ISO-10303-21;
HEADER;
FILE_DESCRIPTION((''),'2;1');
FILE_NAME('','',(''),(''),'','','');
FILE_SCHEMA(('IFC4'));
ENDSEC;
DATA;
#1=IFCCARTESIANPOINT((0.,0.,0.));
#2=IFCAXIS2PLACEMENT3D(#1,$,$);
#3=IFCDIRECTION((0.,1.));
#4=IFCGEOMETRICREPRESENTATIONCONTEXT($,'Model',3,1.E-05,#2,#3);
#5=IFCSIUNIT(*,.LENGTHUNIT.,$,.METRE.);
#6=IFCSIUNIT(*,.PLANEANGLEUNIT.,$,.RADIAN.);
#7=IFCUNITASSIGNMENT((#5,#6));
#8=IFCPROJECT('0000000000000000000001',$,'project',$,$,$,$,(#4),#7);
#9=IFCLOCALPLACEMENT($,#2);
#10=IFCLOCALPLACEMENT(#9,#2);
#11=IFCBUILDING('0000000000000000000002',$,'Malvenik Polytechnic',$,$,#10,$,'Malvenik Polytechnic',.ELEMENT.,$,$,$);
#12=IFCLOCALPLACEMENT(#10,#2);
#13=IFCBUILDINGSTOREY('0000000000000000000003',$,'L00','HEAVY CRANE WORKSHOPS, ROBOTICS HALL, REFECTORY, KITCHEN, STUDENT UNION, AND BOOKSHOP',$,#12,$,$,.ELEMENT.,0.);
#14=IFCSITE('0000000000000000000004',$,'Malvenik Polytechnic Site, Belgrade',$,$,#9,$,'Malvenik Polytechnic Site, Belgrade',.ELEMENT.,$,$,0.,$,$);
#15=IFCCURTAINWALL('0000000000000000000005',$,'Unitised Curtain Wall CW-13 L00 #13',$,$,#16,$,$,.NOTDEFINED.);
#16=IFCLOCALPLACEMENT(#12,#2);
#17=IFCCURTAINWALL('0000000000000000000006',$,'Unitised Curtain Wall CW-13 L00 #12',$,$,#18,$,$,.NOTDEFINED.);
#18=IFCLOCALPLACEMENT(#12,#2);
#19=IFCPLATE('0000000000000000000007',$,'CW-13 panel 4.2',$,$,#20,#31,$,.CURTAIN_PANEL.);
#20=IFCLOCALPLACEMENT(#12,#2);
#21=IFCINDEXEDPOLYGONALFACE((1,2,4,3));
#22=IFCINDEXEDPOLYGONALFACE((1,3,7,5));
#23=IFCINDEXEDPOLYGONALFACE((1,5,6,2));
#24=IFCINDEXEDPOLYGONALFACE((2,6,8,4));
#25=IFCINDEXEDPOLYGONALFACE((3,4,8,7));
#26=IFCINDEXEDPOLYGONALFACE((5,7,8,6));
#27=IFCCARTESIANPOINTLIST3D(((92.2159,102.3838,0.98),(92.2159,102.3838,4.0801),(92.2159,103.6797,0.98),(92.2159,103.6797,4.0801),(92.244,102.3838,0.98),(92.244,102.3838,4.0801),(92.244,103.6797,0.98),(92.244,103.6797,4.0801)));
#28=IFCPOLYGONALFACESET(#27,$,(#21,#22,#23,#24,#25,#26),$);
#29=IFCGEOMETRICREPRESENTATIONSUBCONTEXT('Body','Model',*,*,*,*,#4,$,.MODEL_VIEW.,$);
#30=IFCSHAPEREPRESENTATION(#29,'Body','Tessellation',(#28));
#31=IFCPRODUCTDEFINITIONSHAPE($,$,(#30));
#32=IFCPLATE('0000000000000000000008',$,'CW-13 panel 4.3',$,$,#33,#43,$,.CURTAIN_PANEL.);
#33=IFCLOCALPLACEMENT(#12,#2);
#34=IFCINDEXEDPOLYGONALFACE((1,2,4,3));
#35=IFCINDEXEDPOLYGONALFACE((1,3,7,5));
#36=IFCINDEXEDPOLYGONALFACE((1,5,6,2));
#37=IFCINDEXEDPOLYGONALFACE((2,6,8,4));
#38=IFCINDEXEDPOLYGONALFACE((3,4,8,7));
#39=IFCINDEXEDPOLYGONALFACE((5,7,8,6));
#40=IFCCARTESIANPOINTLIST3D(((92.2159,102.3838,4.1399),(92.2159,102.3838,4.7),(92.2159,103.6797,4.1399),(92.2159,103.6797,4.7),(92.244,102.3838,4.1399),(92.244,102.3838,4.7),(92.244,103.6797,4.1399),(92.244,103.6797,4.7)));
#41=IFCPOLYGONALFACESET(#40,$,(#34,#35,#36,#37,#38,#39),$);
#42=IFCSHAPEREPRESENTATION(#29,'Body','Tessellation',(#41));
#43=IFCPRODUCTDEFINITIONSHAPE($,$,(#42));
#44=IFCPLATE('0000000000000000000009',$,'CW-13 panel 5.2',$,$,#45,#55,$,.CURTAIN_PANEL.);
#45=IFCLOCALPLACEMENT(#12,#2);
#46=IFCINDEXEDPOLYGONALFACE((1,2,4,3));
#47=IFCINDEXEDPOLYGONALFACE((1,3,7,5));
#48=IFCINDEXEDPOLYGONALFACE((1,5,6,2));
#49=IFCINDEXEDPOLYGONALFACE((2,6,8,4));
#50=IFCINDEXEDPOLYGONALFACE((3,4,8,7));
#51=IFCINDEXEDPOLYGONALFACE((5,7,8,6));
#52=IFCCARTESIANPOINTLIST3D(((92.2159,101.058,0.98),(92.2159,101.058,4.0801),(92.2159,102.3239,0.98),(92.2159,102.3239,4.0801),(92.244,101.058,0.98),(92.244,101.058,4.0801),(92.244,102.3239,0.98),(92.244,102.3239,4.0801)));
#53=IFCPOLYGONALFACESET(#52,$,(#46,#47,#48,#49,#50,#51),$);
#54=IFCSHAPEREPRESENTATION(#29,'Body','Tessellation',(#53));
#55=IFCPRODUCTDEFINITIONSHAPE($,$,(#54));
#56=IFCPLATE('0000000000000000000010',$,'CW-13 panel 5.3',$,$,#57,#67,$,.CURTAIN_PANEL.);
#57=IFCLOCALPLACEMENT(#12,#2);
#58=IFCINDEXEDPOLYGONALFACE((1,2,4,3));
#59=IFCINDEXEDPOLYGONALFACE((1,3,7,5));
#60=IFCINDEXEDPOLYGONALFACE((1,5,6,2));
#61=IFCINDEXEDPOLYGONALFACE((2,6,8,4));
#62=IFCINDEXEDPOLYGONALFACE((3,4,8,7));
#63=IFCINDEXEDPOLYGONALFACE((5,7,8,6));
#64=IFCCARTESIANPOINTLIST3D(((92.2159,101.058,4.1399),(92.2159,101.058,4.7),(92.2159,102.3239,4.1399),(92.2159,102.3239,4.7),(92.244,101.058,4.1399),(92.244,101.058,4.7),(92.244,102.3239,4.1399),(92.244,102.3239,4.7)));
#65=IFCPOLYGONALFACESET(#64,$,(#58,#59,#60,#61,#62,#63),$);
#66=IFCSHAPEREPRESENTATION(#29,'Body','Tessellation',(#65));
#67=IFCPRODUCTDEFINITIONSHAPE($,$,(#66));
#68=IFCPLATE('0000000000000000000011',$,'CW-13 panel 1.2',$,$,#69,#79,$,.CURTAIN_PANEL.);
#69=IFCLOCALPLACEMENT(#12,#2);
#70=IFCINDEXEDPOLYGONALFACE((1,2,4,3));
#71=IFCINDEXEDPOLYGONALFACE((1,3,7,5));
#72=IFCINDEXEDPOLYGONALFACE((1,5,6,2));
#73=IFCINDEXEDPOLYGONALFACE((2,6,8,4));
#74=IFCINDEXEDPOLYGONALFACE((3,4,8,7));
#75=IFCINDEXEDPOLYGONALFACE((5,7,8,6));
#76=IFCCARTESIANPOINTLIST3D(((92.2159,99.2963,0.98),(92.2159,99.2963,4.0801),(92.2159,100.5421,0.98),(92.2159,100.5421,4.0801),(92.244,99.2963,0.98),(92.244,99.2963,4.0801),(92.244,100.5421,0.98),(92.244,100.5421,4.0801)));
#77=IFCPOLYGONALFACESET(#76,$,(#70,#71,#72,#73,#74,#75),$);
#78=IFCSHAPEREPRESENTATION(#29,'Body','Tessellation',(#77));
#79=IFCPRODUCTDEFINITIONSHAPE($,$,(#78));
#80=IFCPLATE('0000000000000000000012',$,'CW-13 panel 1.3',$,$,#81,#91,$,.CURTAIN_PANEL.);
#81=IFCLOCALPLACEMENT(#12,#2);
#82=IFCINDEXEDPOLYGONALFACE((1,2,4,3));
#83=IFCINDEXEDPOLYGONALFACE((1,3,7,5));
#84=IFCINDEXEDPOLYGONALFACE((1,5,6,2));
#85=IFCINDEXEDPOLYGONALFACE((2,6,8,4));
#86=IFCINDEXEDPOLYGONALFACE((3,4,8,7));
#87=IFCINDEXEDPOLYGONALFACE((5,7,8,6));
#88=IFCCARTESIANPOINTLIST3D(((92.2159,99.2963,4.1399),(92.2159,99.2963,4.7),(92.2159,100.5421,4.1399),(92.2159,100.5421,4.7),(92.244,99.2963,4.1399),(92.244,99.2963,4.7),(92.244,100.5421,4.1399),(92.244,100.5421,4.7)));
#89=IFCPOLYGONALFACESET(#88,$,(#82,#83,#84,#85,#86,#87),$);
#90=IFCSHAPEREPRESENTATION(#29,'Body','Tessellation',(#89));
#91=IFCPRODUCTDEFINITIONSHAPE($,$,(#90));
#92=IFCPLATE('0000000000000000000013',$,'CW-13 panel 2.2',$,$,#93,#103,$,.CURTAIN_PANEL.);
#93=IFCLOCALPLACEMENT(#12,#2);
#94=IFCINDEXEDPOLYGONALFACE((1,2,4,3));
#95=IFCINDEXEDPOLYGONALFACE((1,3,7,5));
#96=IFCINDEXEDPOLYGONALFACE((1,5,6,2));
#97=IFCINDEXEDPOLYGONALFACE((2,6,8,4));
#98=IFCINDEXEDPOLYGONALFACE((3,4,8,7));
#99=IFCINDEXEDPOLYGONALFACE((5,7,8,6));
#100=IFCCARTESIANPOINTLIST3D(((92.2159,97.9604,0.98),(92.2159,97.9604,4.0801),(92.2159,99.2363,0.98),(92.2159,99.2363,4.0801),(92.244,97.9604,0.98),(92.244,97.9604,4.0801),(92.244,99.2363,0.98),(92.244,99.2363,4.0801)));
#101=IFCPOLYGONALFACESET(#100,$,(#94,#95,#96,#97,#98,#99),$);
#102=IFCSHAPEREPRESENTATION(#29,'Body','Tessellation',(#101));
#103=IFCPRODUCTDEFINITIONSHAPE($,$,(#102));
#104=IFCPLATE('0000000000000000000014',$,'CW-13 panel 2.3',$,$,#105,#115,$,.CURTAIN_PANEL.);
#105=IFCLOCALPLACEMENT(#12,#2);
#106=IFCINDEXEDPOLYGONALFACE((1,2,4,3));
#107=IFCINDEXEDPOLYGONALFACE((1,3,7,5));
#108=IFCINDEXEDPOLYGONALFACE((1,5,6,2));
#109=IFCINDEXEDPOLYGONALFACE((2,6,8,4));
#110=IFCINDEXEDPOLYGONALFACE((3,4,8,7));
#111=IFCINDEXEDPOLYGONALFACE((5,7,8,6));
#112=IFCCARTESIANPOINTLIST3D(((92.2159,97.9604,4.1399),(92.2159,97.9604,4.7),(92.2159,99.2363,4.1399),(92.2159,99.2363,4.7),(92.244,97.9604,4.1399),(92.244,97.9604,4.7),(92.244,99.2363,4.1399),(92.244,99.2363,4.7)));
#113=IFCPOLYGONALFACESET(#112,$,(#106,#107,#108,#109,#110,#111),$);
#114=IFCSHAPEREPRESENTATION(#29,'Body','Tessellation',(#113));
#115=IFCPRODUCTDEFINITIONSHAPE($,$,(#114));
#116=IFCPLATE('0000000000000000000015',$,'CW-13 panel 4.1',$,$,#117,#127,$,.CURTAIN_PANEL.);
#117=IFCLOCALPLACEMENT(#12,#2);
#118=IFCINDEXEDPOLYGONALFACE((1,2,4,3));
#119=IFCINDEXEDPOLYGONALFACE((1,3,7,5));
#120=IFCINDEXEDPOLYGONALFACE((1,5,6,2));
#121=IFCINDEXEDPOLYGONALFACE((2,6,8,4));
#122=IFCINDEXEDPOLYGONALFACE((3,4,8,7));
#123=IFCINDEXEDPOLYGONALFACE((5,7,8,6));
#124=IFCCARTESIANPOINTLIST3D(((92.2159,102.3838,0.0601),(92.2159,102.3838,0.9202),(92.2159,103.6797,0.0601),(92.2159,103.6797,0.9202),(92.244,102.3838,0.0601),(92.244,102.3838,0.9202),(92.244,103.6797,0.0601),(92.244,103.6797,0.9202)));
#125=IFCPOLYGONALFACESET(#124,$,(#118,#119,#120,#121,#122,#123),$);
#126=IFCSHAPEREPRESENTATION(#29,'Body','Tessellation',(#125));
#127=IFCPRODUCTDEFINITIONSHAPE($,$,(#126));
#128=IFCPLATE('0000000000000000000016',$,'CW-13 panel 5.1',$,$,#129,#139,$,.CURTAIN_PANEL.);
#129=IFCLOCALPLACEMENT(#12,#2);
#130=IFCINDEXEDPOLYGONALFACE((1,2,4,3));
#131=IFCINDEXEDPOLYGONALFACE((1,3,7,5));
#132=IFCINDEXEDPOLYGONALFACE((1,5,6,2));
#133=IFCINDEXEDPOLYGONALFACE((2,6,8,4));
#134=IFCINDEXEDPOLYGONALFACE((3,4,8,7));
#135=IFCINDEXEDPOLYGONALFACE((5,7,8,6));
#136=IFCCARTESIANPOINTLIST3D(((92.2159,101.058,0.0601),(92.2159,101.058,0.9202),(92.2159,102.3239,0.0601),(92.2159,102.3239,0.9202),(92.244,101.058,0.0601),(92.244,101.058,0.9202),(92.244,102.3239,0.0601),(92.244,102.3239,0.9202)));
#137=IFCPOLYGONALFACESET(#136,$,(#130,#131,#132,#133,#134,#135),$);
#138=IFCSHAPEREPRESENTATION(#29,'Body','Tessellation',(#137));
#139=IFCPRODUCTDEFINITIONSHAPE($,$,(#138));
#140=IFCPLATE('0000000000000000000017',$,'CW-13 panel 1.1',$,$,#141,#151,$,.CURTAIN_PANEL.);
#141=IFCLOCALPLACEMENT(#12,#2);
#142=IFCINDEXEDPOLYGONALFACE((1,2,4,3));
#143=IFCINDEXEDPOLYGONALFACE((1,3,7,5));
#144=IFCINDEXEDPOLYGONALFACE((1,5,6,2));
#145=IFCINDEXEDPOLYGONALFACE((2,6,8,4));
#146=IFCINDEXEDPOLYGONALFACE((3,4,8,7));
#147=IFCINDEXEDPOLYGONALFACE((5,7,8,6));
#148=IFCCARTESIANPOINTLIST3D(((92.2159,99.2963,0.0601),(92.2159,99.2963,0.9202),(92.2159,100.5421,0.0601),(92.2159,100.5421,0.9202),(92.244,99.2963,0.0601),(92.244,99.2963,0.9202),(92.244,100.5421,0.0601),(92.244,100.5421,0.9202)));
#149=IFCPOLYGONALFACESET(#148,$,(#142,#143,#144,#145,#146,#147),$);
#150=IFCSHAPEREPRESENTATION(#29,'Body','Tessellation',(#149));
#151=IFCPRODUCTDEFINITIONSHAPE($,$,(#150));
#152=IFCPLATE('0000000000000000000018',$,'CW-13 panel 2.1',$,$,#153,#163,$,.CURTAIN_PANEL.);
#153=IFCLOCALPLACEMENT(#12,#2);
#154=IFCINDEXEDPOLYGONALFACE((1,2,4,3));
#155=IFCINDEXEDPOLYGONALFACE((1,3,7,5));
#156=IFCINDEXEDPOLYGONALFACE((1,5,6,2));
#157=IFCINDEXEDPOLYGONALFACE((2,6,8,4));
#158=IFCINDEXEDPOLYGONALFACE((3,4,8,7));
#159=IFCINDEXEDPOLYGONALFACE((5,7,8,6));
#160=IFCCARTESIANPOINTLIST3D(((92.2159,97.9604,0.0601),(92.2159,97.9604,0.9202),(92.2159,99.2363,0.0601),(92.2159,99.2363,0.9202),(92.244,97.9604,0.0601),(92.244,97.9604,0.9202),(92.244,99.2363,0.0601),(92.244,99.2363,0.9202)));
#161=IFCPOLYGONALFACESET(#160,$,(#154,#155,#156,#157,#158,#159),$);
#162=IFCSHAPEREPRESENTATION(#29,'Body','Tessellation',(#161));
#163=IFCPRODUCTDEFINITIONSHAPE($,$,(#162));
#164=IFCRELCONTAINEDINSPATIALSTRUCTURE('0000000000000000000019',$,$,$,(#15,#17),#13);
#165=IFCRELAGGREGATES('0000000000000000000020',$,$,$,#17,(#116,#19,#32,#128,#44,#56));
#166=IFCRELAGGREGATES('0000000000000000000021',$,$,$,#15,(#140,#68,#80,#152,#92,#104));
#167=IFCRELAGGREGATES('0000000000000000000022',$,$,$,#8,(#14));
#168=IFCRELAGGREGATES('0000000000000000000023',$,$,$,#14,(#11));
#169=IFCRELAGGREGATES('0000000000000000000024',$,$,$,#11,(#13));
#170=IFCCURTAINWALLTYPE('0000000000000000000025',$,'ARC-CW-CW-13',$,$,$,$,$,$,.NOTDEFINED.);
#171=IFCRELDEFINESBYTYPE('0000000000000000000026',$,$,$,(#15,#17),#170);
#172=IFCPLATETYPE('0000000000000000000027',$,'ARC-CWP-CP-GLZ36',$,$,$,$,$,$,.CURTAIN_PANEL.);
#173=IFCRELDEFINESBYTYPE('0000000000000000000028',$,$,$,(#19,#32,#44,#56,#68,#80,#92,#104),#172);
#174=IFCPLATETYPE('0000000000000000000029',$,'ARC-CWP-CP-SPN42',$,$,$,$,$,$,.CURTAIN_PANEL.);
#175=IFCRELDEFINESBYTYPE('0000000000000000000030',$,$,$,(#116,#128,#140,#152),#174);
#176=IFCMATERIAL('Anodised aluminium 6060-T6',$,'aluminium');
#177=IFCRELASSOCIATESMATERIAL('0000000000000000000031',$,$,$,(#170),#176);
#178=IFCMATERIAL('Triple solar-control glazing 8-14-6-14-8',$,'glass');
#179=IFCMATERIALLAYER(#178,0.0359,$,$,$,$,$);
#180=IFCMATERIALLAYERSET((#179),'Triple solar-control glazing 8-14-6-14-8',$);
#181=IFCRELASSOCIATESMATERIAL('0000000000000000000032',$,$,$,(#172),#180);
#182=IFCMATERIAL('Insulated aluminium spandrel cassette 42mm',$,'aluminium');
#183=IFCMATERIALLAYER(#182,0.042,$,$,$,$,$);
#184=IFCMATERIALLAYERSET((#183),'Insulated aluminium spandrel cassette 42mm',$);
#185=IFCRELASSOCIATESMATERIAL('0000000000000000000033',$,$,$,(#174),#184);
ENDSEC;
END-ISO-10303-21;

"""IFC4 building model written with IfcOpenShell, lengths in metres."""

from ifc_helpers import new_model, si_unit, direction, frame, origin, origin_2d, place, context, subcontext, project, spatial, rectangle, extrude, material, layer, layer_set, type_object, element, aggregate, save


model = new_model("IFC4")

# Units and contexts
model_context = context("Model", 3, precision=1e-05, world=origin(), true_north=direction((0.0, 1.0)))
body_context = subcontext(model_context, "Body", "Model", "MODEL_VIEW")
ifc_project = project(units=[si_unit("LENGTHUNIT", "METRE"), si_unit("PLANEANGLEUNIT", "RADIAN")], contexts=[model_context])

# Site, building, storey
site_placement = place(None, origin())
site = spatial("IfcSite", under=ifc_project, at=site_placement, Name="Malvenik Polytechnic Site, Belgrade", LongName="Malvenik Polytechnic Site, Belgrade", CompositionType="ELEMENT", RefElevation=0.0)
building_placement = place(site_placement, origin())
building = spatial("IfcBuilding", under=site, at=building_placement, Name="Malvenik Polytechnic", LongName="Malvenik Polytechnic", CompositionType="ELEMENT")
storey_placement = place(building_placement, origin())
storey = spatial("IfcBuildingStorey", under=building, at=storey_placement, Name="L00", Description="HEAVY CRANE WORKSHOPS, ROBOTICS HALL, REFECTORY, KITCHEN, STUDENT UNION, AND BOOKSHOP", CompositionType="ELEMENT", Elevation=0.0)

# Curtain walls
ifc_material_1 = material(Name="Anodised aluminium 6060-T6", Category="aluminium")
curtain_wall_type = type_object("IfcCurtainWallType", Name="ARC-CW-CW-13", PredefinedType="NOTDEFINED", material=ifc_material_1)
curtain_wall_1_placement = place(storey_placement, origin())
curtain_wall_1 = element("IfcCurtainWall", 1, at=curtain_wall_1_placement, inside=storey, type_object=curtain_wall_type, Name="Unitised Curtain Wall CW-13 L00 #13", PredefinedType="NOTDEFINED")
curtain_wall_2_placement = place(storey_placement, origin())
curtain_wall_2 = element("IfcCurtainWall", 2, at=curtain_wall_2_placement, inside=storey, type_object=curtain_wall_type, Name="Unitised Curtain Wall CW-13 L00 #12", PredefinedType="NOTDEFINED")

# Plates
ifc_material_2 = material(Name="Triple solar-control glazing 8-14-6-14-8", Category="glass")
ifc_layer_1 = layer(ifc_material_2, 0.0359)
ifc_layer_set_1 = layer_set([ifc_layer_1], Name="Triple solar-control glazing 8-14-6-14-8")
plate_type_1 = type_object("IfcPlateType", Name="ARC-CWP-CP-GLZ36", PredefinedType="CURTAIN_PANEL", material=ifc_layer_set_1)
plate_1_placement = place(storey_placement, frame((92.23, 103.0317, 0.98), z_axis=(0.0, 0.0, 1.0), x_axis=(0.0, -1.0, 0.0)))
plate_1 = element("IfcPlate", 3, at=plate_1_placement, type_object=plate_type_1, Name="CW-13 panel 4.2", PredefinedType="CURTAIN_PANEL", context=body_context, shape_type="SweptSolid", body=[
    extrude(rectangle(XDim=1.2959, YDim=0.0281, at=origin_2d()), origin(), (0.0, 0.0, 1.0), 3.1001),
])
plate_2_placement = place(storey_placement, frame((92.23, 103.0317, 4.1399), z_axis=(0.0, 0.0, 1.0), x_axis=(0.0, -1.0, 0.0)))
plate_2 = element("IfcPlate", 4, at=plate_2_placement, type_object=plate_type_1, Name="CW-13 panel 4.3", PredefinedType="CURTAIN_PANEL", context=body_context, shape_type="SweptSolid", body=[
    extrude(rectangle(XDim=1.2959, YDim=0.0281, at=origin_2d()), origin(), (0.0, 0.0, 1.0), 0.5601),
])
plate_3_placement = place(storey_placement, frame((92.23, 101.6909, 0.98), z_axis=(0.0, 0.0, 1.0), x_axis=(0.0, -1.0, 0.0)))
plate_3 = element("IfcPlate", 5, at=plate_3_placement, type_object=plate_type_1, Name="CW-13 panel 5.2", PredefinedType="CURTAIN_PANEL", context=body_context, shape_type="SweptSolid", body=[
    extrude(rectangle(XDim=1.2659, YDim=0.0281, at=origin_2d()), origin(), (0.0, 0.0, 1.0), 3.1001),
])
plate_4_placement = place(storey_placement, frame((92.23, 101.6909, 4.1399), z_axis=(0.0, 0.0, 1.0), x_axis=(0.0, -1.0, 0.0)))
plate_4 = element("IfcPlate", 6, at=plate_4_placement, type_object=plate_type_1, Name="CW-13 panel 5.3", PredefinedType="CURTAIN_PANEL", context=body_context, shape_type="SweptSolid", body=[
    extrude(rectangle(XDim=1.2659, YDim=0.0281, at=origin_2d()), origin(), (0.0, 0.0, 1.0), 0.5601),
])
plate_5_placement = place(storey_placement, frame((92.23, 99.9192, 0.98), z_axis=(0.0, 0.0, 1.0), x_axis=(0.0, -1.0, 0.0)))
plate_5 = element("IfcPlate", 7, at=plate_5_placement, type_object=plate_type_1, Name="CW-13 panel 1.2", PredefinedType="CURTAIN_PANEL", context=body_context, shape_type="SweptSolid", body=[
    extrude(rectangle(XDim=1.2458, YDim=0.0281, at=origin_2d()), origin(), (0.0, 0.0, 1.0), 3.1001),
])
plate_6_placement = place(storey_placement, frame((92.23, 99.9192, 4.1399), z_axis=(0.0, 0.0, 1.0), x_axis=(0.0, -1.0, 0.0)))
plate_6 = element("IfcPlate", 8, at=plate_6_placement, type_object=plate_type_1, Name="CW-13 panel 1.3", PredefinedType="CURTAIN_PANEL", context=body_context, shape_type="SweptSolid", body=[
    extrude(rectangle(XDim=1.2458, YDim=0.0281, at=origin_2d()), origin(), (0.0, 0.0, 1.0), 0.5601),
])
plate_7_placement = place(storey_placement, frame((92.23, 98.5984, 0.98), z_axis=(0.0, 0.0, 1.0), x_axis=(0.0, -1.0, 0.0)))
plate_7 = element("IfcPlate", 9, at=plate_7_placement, type_object=plate_type_1, Name="CW-13 panel 2.2", PredefinedType="CURTAIN_PANEL", context=body_context, shape_type="SweptSolid", body=[
    extrude(rectangle(XDim=1.2759, YDim=0.0281, at=origin_2d()), origin(), (0.0, 0.0, 1.0), 3.1001),
])
plate_8_placement = place(storey_placement, frame((92.23, 98.5984, 4.1399), z_axis=(0.0, 0.0, 1.0), x_axis=(0.0, -1.0, 0.0)))
plate_8 = element("IfcPlate", 10, at=plate_8_placement, type_object=plate_type_1, Name="CW-13 panel 2.3", PredefinedType="CURTAIN_PANEL", context=body_context, shape_type="SweptSolid", body=[
    extrude(rectangle(XDim=1.2759, YDim=0.0281, at=origin_2d()), origin(), (0.0, 0.0, 1.0), 0.5601),
])
ifc_material_3 = material(Name="Insulated aluminium spandrel cassette 42mm", Category="aluminium")
ifc_layer_2 = layer(ifc_material_3, 0.042)
ifc_layer_set_2 = layer_set([ifc_layer_2], Name="Insulated aluminium spandrel cassette 42mm")
plate_type_2 = type_object("IfcPlateType", Name="ARC-CWP-CP-SPN42", PredefinedType="CURTAIN_PANEL", material=ifc_layer_set_2)
plate_9_placement = place(storey_placement, frame((92.23, 103.0317, 0.0601), z_axis=(0.0, 0.0, 1.0), x_axis=(0.0, -1.0, 0.0)))
plate_9 = element("IfcPlate", 11, at=plate_9_placement, type_object=plate_type_2, Name="CW-13 panel 4.1", PredefinedType="CURTAIN_PANEL", context=body_context, shape_type="SweptSolid", body=[
    extrude(rectangle(XDim=1.2959, YDim=0.0281, at=origin_2d()), origin(), (0.0, 0.0, 1.0), 0.8601),
])
plate_10_placement = place(storey_placement, frame((92.23, 101.6909, 0.0601), z_axis=(0.0, 0.0, 1.0), x_axis=(0.0, -1.0, 0.0)))
plate_10 = element("IfcPlate", 12, at=plate_10_placement, type_object=plate_type_2, Name="CW-13 panel 5.1", PredefinedType="CURTAIN_PANEL", context=body_context, shape_type="SweptSolid", body=[
    extrude(rectangle(XDim=1.2659, YDim=0.0281, at=origin_2d()), origin(), (0.0, 0.0, 1.0), 0.8601),
])
aggregate(curtain_wall_2, [plate_9, plate_1, plate_2, plate_10, plate_3, plate_4])
plate_11_placement = place(storey_placement, frame((92.23, 99.9192, 0.0601), z_axis=(0.0, 0.0, 1.0), x_axis=(0.0, -1.0, 0.0)))
plate_11 = element("IfcPlate", 13, at=plate_11_placement, type_object=plate_type_2, Name="CW-13 panel 1.1", PredefinedType="CURTAIN_PANEL", context=body_context, shape_type="SweptSolid", body=[
    extrude(rectangle(XDim=1.2458, YDim=0.0281, at=origin_2d()), origin(), (0.0, 0.0, 1.0), 0.8601),
])
plate_12_placement = place(storey_placement, frame((92.23, 98.5984, 0.0601), z_axis=(0.0, 0.0, 1.0), x_axis=(0.0, -1.0, 0.0)))
plate_12 = element("IfcPlate", 14, at=plate_12_placement, type_object=plate_type_2, Name="CW-13 panel 2.1", PredefinedType="CURTAIN_PANEL", context=body_context, shape_type="SweptSolid", body=[
    extrude(rectangle(XDim=1.2759, YDim=0.0281, at=origin_2d()), origin(), (0.0, 0.0, 1.0), 0.8601),
])
aggregate(curtain_wall_1, [plate_11, plate_5, plate_6, plate_12, plate_7, plate_8])

save(model, "model.ifc")
